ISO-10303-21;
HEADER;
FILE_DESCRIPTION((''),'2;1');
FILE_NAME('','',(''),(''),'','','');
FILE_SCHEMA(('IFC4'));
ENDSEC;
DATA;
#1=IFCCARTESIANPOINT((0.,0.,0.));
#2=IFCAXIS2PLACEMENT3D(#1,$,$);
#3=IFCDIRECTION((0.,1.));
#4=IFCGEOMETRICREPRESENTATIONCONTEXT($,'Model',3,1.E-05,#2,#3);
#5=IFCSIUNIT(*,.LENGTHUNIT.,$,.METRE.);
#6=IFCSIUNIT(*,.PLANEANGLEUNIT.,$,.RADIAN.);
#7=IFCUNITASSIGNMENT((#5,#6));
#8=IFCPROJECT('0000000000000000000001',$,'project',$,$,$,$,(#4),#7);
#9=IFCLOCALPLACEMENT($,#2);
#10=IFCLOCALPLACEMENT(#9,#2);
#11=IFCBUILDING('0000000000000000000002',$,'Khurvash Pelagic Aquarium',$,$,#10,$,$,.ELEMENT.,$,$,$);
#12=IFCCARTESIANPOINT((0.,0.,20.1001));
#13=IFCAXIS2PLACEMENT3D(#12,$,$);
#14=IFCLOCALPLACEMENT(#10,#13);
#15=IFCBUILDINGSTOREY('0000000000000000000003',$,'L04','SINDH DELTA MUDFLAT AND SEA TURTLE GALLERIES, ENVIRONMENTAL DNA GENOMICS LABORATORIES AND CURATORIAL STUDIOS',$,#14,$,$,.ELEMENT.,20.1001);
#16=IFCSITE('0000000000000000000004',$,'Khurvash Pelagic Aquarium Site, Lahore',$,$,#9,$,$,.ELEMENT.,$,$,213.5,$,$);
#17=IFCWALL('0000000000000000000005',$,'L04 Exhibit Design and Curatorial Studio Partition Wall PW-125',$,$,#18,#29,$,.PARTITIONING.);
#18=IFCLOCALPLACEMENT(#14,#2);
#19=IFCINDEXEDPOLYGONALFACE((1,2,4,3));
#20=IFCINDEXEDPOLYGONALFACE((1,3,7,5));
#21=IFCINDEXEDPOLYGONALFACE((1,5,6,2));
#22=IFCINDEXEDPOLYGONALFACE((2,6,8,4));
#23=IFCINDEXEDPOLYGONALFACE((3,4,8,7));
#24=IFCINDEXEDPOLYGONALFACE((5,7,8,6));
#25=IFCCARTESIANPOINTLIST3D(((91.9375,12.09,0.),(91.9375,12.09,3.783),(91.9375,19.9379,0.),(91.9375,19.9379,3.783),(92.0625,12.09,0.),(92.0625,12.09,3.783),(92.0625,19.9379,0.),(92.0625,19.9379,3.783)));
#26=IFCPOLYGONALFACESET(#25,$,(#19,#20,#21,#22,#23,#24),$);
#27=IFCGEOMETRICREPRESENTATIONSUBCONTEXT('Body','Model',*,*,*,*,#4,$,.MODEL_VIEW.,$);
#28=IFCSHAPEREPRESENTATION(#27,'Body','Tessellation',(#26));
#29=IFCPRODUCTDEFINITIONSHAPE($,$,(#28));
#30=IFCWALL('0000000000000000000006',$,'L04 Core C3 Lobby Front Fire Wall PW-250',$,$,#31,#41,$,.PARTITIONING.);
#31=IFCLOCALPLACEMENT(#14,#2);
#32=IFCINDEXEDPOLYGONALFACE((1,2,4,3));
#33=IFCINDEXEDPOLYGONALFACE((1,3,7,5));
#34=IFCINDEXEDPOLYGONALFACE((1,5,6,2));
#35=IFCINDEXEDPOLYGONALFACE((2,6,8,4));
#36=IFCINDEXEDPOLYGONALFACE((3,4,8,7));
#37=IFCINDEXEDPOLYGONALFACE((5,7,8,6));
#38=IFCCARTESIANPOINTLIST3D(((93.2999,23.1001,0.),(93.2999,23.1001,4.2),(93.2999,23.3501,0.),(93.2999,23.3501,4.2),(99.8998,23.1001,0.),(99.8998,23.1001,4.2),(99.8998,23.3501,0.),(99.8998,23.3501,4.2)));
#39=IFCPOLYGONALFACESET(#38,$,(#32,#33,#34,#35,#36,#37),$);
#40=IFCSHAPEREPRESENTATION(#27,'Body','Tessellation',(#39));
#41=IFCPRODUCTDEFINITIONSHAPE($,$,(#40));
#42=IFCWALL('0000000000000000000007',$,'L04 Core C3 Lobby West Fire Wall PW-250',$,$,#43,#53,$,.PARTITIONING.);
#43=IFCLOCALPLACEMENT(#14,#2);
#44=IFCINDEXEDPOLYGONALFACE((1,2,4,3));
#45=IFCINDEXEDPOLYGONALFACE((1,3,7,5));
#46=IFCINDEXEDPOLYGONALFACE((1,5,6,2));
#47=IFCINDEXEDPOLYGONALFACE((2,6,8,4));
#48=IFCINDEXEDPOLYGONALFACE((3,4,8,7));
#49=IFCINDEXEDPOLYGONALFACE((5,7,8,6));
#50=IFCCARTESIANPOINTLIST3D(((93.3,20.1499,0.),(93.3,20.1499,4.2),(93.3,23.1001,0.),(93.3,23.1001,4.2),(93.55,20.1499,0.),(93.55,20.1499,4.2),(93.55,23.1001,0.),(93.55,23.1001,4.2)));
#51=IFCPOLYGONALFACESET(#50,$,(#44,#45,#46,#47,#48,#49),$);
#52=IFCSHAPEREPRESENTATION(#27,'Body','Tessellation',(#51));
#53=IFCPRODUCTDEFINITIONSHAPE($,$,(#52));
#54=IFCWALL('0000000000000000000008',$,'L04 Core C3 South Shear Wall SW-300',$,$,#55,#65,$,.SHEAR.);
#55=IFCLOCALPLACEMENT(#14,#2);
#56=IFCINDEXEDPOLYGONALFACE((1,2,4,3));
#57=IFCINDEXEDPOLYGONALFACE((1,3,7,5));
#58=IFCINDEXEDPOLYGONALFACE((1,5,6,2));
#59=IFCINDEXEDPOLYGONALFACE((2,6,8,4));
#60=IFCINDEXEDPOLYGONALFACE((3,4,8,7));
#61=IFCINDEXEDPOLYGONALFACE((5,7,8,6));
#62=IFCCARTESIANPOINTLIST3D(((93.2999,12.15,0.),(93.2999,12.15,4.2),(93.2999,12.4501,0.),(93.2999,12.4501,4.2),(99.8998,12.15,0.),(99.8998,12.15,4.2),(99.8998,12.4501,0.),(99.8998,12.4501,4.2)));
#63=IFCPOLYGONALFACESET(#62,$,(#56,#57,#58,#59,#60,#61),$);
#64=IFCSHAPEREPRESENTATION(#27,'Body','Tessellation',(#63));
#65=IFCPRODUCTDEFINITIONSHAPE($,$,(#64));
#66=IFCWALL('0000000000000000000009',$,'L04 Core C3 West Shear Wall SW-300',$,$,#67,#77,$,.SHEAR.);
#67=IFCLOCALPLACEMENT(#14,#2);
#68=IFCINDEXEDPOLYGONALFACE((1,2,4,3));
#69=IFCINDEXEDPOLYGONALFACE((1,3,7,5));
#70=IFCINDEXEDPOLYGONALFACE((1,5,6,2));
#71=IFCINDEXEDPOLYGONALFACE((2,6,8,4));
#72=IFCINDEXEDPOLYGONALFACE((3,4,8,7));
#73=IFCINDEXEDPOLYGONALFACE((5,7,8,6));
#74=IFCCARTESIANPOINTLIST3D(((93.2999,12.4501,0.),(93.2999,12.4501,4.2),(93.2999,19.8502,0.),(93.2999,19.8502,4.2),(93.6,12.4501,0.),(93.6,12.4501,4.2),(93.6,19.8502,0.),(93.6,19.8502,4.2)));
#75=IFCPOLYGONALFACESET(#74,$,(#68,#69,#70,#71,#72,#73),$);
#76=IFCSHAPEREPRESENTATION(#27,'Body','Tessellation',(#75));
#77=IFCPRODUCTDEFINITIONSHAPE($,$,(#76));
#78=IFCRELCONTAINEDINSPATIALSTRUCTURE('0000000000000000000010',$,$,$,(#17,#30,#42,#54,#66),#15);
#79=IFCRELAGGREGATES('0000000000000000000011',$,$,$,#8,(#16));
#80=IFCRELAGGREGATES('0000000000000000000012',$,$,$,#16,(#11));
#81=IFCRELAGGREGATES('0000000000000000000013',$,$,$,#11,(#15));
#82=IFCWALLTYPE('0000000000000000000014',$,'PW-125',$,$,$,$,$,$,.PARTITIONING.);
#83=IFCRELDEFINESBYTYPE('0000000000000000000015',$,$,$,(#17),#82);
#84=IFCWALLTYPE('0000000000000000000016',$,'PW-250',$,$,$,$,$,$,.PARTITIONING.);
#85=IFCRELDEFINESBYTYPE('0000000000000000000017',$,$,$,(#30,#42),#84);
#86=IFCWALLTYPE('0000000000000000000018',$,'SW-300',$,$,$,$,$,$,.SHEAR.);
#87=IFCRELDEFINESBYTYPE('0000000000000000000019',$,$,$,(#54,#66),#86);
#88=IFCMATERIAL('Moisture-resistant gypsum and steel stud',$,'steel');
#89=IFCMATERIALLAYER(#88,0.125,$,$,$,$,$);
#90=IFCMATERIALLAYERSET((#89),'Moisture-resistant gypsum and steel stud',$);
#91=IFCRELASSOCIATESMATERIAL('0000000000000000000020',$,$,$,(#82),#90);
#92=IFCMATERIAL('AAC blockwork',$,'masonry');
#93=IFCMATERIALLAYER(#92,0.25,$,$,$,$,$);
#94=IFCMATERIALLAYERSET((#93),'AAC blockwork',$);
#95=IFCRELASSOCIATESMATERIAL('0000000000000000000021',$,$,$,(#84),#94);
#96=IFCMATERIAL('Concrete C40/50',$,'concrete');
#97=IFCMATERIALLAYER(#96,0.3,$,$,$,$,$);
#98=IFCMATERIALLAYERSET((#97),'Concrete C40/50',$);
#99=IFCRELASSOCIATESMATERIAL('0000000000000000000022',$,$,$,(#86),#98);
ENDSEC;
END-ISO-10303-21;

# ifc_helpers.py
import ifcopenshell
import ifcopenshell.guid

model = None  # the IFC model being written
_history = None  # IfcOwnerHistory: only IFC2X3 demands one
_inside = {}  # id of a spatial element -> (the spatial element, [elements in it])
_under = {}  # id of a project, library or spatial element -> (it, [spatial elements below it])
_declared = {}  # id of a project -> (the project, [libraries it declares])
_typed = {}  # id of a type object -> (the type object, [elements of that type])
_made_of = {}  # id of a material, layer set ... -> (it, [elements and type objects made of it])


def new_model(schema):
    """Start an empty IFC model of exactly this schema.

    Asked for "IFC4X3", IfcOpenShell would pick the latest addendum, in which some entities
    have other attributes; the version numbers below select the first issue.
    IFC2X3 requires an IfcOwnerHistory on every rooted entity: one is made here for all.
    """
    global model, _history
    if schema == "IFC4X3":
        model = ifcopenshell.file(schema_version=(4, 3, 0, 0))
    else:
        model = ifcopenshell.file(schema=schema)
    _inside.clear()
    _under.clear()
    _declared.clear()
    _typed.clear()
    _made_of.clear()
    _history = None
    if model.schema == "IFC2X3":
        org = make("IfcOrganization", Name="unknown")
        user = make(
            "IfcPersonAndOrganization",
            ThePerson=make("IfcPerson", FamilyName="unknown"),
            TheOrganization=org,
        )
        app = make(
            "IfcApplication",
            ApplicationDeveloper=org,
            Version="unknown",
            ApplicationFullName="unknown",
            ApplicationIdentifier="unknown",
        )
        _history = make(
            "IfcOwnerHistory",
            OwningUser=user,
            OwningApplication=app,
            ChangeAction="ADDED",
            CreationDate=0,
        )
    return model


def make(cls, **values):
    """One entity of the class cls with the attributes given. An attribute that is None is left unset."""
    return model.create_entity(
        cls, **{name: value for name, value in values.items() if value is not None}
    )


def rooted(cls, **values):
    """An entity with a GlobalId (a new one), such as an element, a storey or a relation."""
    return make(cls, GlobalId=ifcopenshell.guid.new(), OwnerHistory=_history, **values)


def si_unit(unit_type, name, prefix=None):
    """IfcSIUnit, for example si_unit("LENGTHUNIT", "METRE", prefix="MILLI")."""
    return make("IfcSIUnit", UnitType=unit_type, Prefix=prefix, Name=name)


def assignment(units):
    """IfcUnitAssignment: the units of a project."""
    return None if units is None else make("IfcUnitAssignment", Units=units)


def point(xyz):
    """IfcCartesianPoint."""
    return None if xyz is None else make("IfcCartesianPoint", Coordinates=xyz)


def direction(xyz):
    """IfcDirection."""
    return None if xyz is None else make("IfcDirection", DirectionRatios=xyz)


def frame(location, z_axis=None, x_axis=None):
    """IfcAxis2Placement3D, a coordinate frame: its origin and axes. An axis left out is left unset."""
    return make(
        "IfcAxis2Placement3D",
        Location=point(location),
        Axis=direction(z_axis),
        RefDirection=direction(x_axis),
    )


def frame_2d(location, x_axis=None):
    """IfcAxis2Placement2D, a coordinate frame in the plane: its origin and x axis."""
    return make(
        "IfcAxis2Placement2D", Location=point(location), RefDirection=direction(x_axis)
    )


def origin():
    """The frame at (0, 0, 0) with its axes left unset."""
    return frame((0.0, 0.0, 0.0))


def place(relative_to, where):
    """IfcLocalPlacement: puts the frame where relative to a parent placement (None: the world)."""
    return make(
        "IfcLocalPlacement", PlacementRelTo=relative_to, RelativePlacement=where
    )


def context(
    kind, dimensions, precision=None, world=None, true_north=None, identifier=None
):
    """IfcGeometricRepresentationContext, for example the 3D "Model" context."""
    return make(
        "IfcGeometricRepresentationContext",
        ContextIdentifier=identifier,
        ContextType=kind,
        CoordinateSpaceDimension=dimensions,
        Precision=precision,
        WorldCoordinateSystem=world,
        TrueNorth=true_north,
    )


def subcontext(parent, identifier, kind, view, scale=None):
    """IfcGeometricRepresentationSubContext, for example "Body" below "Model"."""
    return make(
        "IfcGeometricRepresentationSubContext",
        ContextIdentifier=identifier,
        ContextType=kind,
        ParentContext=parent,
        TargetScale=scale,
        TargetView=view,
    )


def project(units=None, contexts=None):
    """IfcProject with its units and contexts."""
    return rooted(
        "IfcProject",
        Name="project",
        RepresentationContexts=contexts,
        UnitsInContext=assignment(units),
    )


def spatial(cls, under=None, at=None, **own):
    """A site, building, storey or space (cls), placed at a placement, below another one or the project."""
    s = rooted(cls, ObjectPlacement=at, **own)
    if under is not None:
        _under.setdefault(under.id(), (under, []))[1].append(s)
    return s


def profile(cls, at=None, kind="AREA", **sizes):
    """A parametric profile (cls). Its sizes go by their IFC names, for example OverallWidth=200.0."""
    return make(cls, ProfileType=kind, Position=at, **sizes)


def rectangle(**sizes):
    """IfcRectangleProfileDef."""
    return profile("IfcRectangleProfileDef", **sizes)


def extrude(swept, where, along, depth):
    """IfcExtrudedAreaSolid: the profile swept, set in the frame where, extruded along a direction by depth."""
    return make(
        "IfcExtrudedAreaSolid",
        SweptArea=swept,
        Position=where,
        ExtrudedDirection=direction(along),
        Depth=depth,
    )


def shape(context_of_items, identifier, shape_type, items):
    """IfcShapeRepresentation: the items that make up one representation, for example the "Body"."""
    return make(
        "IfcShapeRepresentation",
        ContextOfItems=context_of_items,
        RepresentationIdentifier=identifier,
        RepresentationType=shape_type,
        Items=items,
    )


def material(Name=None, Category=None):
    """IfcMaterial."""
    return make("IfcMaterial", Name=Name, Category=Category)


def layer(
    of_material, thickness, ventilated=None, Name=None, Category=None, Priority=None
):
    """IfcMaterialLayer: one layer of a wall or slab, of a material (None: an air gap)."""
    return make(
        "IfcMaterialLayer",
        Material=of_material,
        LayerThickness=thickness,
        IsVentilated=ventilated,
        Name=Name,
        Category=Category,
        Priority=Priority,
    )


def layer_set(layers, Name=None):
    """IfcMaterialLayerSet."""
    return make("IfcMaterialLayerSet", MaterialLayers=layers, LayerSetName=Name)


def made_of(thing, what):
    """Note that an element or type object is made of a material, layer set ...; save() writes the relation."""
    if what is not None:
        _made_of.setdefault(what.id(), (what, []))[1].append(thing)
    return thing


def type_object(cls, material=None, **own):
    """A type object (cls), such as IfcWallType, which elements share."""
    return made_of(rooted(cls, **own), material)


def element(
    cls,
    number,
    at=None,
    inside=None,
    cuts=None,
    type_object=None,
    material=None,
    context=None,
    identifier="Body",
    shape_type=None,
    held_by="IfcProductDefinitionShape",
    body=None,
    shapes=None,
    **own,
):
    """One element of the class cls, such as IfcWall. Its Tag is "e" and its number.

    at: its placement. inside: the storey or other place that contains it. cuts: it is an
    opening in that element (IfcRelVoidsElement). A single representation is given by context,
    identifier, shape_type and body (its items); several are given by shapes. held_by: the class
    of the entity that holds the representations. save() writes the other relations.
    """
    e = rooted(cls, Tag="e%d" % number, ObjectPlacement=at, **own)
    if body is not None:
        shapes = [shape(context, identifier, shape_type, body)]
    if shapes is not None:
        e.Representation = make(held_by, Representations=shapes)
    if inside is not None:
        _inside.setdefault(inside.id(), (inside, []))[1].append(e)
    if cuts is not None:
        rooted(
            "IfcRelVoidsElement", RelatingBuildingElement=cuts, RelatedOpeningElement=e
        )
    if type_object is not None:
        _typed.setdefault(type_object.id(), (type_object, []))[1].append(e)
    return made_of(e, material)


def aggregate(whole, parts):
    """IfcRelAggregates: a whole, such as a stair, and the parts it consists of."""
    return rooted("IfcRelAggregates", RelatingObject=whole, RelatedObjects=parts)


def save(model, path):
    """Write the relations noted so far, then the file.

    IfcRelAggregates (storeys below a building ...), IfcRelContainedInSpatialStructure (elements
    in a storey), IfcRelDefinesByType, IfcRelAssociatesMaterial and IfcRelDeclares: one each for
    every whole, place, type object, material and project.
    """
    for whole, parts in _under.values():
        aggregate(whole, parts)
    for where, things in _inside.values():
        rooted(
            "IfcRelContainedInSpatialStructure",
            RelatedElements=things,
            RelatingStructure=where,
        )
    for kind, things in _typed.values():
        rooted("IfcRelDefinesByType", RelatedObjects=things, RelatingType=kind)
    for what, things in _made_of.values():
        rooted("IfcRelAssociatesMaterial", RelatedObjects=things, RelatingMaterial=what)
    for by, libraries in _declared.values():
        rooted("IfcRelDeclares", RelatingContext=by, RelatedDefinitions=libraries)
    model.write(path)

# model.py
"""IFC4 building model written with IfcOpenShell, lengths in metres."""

from ifc_helpers import new_model, si_unit, direction, frame, frame_2d, origin, place, context, subcontext, project, spatial, rectangle, extrude, material, layer, layer_set, type_object, element, save


model = new_model("IFC4")

# Units and contexts
model_context = context("Model", 3, precision=1e-05, world=origin(), true_north=direction((0.0, 1.0)))
body_context = subcontext(model_context, "Body", "Model", "MODEL_VIEW")
ifc_project = project(units=[si_unit("LENGTHUNIT", "METRE"), si_unit("PLANEANGLEUNIT", "RADIAN")], contexts=[model_context])

# Site, building, storey
site_placement = place(None, origin())
site = spatial("IfcSite", under=ifc_project, at=site_placement, Name="Khurvash Pelagic Aquarium Site, Lahore", CompositionType="ELEMENT", RefElevation=213.5)
building_placement = place(site_placement, origin())
building = spatial("IfcBuilding", under=site, at=building_placement, Name="Khurvash Pelagic Aquarium", CompositionType="ELEMENT")
storey_placement = place(building_placement, frame((0.0, 0.0, 20.1001)))
storey = spatial("IfcBuildingStorey", under=building, at=storey_placement, Name="L04", Description="SINDH DELTA MUDFLAT AND SEA TURTLE GALLERIES, ENVIRONMENTAL DNA GENOMICS LABORATORIES AND CURATORIAL STUDIOS", CompositionType="ELEMENT", Elevation=20.1001)

# Shared definitions
ifc_material_1 = material(Name="Concrete C40/50", Category="concrete")

# Walls
ifc_material_2 = material(Name="Moisture-resistant gypsum and steel stud", Category="steel")
ifc_layer_1 = layer(ifc_material_2, 0.125)
ifc_layer_set_1 = layer_set([ifc_layer_1], Name="Moisture-resistant gypsum and steel stud")
wall_type_1 = type_object("IfcWallType", Name="PW-125", PredefinedType="PARTITIONING", material=ifc_layer_set_1)
wall_1_placement = place(storey_placement, frame((92.0, 12.0901, 0.0), z_axis=(0.0, 0.0, 1.0), x_axis=(0.0, 1.0, 0.0)))
element("IfcWall", 1, at=wall_1_placement, inside=storey, type_object=wall_type_1, Name="L04 Exhibit Design and Curatorial Studio Partition Wall PW-125", PredefinedType="PARTITIONING", context=body_context, shape_type="SweptSolid", body=[
    extrude(rectangle(XDim=7.8479, YDim=0.125, at=frame_2d((3.9238, 0.0))), origin(), (0.0, 0.0, 1.0), 3.783),
])
ifc_material_3 = material(Name="AAC blockwork", Category="masonry")
ifc_layer_2 = layer(ifc_material_3, 0.25)
ifc_layer_set_2 = layer_set([ifc_layer_2], Name="AAC blockwork")
wall_type_2 = type_object("IfcWallType", Name="PW-250", PredefinedType="PARTITIONING", material=ifc_layer_set_2)
wall_2_placement = place(storey_placement, frame((93.3, 23.2251, 0.0), z_axis=(0.0, 0.0, 1.0), x_axis=(1.0, 0.0, 0.0)))
element("IfcWall", 2, at=wall_2_placement, inside=storey, type_object=wall_type_2, Name="L04 Core C3 Lobby Front Fire Wall PW-250", PredefinedType="PARTITIONING", context=body_context, shape_type="SweptSolid", body=[
    extrude(rectangle(XDim=6.5999, YDim=0.25, at=frame_2d((3.2998, 0.0))), origin(), (0.0, 0.0, 1.0), 4.2),
])
wall_3_placement = place(storey_placement, frame((93.425, 20.1499, 0.0), z_axis=(0.0, 0.0, 1.0), x_axis=(0.0, 1.0, 0.0)))
element("IfcWall", 3, at=wall_3_placement, inside=storey, type_object=wall_type_2, Name="L04 Core C3 Lobby West Fire Wall PW-250", PredefinedType="PARTITIONING", context=body_context, shape_type="SweptSolid", body=[
    extrude(rectangle(XDim=2.9502, YDim=0.25, at=frame_2d((1.4751, 0.0))), origin(), (0.0, 0.0, 1.0), 4.2),
])
ifc_layer_3 = layer(ifc_material_1, 0.3)
ifc_layer_set_3 = layer_set([ifc_layer_3], Name="Concrete C40/50")
wall_type_3 = type_object("IfcWallType", Name="SW-300", PredefinedType="SHEAR", material=ifc_layer_set_3)
wall_4_placement = place(storey_placement, frame((93.3, 12.3, 0.0), z_axis=(0.0, 0.0, 1.0), x_axis=(1.0, 0.0, 0.0)))
element("IfcWall", 4, at=wall_4_placement, inside=storey, type_object=wall_type_3, Name="L04 Core C3 South Shear Wall SW-300", PredefinedType="SHEAR", context=body_context, shape_type="SweptSolid", body=[
    extrude(rectangle(XDim=6.5999, YDim=0.3, at=frame_2d((3.2998, 0.0))), origin(), (0.0, 0.0, 1.0), 4.2),
])

# Wall
wall_5_placement = place(storey_placement, frame((93.45, 12.45, 0.0), z_axis=(0.0, 0.0, 1.0), x_axis=(0.0, 1.0, 0.0)))
element("IfcWall", 5, at=wall_5_placement, inside=storey, type_object=wall_type_3, Name="L04 Core C3 West Shear Wall SW-300", PredefinedType="SHEAR", context=body_context, shape_type="SweptSolid", body=[
    extrude(rectangle(XDim=7.4001, YDim=0.3, at=frame_2d((3.7002, 0.0))), origin(), (0.0, 0.0, 1.0), 4.2),
])

save(model, "model.ifc")
